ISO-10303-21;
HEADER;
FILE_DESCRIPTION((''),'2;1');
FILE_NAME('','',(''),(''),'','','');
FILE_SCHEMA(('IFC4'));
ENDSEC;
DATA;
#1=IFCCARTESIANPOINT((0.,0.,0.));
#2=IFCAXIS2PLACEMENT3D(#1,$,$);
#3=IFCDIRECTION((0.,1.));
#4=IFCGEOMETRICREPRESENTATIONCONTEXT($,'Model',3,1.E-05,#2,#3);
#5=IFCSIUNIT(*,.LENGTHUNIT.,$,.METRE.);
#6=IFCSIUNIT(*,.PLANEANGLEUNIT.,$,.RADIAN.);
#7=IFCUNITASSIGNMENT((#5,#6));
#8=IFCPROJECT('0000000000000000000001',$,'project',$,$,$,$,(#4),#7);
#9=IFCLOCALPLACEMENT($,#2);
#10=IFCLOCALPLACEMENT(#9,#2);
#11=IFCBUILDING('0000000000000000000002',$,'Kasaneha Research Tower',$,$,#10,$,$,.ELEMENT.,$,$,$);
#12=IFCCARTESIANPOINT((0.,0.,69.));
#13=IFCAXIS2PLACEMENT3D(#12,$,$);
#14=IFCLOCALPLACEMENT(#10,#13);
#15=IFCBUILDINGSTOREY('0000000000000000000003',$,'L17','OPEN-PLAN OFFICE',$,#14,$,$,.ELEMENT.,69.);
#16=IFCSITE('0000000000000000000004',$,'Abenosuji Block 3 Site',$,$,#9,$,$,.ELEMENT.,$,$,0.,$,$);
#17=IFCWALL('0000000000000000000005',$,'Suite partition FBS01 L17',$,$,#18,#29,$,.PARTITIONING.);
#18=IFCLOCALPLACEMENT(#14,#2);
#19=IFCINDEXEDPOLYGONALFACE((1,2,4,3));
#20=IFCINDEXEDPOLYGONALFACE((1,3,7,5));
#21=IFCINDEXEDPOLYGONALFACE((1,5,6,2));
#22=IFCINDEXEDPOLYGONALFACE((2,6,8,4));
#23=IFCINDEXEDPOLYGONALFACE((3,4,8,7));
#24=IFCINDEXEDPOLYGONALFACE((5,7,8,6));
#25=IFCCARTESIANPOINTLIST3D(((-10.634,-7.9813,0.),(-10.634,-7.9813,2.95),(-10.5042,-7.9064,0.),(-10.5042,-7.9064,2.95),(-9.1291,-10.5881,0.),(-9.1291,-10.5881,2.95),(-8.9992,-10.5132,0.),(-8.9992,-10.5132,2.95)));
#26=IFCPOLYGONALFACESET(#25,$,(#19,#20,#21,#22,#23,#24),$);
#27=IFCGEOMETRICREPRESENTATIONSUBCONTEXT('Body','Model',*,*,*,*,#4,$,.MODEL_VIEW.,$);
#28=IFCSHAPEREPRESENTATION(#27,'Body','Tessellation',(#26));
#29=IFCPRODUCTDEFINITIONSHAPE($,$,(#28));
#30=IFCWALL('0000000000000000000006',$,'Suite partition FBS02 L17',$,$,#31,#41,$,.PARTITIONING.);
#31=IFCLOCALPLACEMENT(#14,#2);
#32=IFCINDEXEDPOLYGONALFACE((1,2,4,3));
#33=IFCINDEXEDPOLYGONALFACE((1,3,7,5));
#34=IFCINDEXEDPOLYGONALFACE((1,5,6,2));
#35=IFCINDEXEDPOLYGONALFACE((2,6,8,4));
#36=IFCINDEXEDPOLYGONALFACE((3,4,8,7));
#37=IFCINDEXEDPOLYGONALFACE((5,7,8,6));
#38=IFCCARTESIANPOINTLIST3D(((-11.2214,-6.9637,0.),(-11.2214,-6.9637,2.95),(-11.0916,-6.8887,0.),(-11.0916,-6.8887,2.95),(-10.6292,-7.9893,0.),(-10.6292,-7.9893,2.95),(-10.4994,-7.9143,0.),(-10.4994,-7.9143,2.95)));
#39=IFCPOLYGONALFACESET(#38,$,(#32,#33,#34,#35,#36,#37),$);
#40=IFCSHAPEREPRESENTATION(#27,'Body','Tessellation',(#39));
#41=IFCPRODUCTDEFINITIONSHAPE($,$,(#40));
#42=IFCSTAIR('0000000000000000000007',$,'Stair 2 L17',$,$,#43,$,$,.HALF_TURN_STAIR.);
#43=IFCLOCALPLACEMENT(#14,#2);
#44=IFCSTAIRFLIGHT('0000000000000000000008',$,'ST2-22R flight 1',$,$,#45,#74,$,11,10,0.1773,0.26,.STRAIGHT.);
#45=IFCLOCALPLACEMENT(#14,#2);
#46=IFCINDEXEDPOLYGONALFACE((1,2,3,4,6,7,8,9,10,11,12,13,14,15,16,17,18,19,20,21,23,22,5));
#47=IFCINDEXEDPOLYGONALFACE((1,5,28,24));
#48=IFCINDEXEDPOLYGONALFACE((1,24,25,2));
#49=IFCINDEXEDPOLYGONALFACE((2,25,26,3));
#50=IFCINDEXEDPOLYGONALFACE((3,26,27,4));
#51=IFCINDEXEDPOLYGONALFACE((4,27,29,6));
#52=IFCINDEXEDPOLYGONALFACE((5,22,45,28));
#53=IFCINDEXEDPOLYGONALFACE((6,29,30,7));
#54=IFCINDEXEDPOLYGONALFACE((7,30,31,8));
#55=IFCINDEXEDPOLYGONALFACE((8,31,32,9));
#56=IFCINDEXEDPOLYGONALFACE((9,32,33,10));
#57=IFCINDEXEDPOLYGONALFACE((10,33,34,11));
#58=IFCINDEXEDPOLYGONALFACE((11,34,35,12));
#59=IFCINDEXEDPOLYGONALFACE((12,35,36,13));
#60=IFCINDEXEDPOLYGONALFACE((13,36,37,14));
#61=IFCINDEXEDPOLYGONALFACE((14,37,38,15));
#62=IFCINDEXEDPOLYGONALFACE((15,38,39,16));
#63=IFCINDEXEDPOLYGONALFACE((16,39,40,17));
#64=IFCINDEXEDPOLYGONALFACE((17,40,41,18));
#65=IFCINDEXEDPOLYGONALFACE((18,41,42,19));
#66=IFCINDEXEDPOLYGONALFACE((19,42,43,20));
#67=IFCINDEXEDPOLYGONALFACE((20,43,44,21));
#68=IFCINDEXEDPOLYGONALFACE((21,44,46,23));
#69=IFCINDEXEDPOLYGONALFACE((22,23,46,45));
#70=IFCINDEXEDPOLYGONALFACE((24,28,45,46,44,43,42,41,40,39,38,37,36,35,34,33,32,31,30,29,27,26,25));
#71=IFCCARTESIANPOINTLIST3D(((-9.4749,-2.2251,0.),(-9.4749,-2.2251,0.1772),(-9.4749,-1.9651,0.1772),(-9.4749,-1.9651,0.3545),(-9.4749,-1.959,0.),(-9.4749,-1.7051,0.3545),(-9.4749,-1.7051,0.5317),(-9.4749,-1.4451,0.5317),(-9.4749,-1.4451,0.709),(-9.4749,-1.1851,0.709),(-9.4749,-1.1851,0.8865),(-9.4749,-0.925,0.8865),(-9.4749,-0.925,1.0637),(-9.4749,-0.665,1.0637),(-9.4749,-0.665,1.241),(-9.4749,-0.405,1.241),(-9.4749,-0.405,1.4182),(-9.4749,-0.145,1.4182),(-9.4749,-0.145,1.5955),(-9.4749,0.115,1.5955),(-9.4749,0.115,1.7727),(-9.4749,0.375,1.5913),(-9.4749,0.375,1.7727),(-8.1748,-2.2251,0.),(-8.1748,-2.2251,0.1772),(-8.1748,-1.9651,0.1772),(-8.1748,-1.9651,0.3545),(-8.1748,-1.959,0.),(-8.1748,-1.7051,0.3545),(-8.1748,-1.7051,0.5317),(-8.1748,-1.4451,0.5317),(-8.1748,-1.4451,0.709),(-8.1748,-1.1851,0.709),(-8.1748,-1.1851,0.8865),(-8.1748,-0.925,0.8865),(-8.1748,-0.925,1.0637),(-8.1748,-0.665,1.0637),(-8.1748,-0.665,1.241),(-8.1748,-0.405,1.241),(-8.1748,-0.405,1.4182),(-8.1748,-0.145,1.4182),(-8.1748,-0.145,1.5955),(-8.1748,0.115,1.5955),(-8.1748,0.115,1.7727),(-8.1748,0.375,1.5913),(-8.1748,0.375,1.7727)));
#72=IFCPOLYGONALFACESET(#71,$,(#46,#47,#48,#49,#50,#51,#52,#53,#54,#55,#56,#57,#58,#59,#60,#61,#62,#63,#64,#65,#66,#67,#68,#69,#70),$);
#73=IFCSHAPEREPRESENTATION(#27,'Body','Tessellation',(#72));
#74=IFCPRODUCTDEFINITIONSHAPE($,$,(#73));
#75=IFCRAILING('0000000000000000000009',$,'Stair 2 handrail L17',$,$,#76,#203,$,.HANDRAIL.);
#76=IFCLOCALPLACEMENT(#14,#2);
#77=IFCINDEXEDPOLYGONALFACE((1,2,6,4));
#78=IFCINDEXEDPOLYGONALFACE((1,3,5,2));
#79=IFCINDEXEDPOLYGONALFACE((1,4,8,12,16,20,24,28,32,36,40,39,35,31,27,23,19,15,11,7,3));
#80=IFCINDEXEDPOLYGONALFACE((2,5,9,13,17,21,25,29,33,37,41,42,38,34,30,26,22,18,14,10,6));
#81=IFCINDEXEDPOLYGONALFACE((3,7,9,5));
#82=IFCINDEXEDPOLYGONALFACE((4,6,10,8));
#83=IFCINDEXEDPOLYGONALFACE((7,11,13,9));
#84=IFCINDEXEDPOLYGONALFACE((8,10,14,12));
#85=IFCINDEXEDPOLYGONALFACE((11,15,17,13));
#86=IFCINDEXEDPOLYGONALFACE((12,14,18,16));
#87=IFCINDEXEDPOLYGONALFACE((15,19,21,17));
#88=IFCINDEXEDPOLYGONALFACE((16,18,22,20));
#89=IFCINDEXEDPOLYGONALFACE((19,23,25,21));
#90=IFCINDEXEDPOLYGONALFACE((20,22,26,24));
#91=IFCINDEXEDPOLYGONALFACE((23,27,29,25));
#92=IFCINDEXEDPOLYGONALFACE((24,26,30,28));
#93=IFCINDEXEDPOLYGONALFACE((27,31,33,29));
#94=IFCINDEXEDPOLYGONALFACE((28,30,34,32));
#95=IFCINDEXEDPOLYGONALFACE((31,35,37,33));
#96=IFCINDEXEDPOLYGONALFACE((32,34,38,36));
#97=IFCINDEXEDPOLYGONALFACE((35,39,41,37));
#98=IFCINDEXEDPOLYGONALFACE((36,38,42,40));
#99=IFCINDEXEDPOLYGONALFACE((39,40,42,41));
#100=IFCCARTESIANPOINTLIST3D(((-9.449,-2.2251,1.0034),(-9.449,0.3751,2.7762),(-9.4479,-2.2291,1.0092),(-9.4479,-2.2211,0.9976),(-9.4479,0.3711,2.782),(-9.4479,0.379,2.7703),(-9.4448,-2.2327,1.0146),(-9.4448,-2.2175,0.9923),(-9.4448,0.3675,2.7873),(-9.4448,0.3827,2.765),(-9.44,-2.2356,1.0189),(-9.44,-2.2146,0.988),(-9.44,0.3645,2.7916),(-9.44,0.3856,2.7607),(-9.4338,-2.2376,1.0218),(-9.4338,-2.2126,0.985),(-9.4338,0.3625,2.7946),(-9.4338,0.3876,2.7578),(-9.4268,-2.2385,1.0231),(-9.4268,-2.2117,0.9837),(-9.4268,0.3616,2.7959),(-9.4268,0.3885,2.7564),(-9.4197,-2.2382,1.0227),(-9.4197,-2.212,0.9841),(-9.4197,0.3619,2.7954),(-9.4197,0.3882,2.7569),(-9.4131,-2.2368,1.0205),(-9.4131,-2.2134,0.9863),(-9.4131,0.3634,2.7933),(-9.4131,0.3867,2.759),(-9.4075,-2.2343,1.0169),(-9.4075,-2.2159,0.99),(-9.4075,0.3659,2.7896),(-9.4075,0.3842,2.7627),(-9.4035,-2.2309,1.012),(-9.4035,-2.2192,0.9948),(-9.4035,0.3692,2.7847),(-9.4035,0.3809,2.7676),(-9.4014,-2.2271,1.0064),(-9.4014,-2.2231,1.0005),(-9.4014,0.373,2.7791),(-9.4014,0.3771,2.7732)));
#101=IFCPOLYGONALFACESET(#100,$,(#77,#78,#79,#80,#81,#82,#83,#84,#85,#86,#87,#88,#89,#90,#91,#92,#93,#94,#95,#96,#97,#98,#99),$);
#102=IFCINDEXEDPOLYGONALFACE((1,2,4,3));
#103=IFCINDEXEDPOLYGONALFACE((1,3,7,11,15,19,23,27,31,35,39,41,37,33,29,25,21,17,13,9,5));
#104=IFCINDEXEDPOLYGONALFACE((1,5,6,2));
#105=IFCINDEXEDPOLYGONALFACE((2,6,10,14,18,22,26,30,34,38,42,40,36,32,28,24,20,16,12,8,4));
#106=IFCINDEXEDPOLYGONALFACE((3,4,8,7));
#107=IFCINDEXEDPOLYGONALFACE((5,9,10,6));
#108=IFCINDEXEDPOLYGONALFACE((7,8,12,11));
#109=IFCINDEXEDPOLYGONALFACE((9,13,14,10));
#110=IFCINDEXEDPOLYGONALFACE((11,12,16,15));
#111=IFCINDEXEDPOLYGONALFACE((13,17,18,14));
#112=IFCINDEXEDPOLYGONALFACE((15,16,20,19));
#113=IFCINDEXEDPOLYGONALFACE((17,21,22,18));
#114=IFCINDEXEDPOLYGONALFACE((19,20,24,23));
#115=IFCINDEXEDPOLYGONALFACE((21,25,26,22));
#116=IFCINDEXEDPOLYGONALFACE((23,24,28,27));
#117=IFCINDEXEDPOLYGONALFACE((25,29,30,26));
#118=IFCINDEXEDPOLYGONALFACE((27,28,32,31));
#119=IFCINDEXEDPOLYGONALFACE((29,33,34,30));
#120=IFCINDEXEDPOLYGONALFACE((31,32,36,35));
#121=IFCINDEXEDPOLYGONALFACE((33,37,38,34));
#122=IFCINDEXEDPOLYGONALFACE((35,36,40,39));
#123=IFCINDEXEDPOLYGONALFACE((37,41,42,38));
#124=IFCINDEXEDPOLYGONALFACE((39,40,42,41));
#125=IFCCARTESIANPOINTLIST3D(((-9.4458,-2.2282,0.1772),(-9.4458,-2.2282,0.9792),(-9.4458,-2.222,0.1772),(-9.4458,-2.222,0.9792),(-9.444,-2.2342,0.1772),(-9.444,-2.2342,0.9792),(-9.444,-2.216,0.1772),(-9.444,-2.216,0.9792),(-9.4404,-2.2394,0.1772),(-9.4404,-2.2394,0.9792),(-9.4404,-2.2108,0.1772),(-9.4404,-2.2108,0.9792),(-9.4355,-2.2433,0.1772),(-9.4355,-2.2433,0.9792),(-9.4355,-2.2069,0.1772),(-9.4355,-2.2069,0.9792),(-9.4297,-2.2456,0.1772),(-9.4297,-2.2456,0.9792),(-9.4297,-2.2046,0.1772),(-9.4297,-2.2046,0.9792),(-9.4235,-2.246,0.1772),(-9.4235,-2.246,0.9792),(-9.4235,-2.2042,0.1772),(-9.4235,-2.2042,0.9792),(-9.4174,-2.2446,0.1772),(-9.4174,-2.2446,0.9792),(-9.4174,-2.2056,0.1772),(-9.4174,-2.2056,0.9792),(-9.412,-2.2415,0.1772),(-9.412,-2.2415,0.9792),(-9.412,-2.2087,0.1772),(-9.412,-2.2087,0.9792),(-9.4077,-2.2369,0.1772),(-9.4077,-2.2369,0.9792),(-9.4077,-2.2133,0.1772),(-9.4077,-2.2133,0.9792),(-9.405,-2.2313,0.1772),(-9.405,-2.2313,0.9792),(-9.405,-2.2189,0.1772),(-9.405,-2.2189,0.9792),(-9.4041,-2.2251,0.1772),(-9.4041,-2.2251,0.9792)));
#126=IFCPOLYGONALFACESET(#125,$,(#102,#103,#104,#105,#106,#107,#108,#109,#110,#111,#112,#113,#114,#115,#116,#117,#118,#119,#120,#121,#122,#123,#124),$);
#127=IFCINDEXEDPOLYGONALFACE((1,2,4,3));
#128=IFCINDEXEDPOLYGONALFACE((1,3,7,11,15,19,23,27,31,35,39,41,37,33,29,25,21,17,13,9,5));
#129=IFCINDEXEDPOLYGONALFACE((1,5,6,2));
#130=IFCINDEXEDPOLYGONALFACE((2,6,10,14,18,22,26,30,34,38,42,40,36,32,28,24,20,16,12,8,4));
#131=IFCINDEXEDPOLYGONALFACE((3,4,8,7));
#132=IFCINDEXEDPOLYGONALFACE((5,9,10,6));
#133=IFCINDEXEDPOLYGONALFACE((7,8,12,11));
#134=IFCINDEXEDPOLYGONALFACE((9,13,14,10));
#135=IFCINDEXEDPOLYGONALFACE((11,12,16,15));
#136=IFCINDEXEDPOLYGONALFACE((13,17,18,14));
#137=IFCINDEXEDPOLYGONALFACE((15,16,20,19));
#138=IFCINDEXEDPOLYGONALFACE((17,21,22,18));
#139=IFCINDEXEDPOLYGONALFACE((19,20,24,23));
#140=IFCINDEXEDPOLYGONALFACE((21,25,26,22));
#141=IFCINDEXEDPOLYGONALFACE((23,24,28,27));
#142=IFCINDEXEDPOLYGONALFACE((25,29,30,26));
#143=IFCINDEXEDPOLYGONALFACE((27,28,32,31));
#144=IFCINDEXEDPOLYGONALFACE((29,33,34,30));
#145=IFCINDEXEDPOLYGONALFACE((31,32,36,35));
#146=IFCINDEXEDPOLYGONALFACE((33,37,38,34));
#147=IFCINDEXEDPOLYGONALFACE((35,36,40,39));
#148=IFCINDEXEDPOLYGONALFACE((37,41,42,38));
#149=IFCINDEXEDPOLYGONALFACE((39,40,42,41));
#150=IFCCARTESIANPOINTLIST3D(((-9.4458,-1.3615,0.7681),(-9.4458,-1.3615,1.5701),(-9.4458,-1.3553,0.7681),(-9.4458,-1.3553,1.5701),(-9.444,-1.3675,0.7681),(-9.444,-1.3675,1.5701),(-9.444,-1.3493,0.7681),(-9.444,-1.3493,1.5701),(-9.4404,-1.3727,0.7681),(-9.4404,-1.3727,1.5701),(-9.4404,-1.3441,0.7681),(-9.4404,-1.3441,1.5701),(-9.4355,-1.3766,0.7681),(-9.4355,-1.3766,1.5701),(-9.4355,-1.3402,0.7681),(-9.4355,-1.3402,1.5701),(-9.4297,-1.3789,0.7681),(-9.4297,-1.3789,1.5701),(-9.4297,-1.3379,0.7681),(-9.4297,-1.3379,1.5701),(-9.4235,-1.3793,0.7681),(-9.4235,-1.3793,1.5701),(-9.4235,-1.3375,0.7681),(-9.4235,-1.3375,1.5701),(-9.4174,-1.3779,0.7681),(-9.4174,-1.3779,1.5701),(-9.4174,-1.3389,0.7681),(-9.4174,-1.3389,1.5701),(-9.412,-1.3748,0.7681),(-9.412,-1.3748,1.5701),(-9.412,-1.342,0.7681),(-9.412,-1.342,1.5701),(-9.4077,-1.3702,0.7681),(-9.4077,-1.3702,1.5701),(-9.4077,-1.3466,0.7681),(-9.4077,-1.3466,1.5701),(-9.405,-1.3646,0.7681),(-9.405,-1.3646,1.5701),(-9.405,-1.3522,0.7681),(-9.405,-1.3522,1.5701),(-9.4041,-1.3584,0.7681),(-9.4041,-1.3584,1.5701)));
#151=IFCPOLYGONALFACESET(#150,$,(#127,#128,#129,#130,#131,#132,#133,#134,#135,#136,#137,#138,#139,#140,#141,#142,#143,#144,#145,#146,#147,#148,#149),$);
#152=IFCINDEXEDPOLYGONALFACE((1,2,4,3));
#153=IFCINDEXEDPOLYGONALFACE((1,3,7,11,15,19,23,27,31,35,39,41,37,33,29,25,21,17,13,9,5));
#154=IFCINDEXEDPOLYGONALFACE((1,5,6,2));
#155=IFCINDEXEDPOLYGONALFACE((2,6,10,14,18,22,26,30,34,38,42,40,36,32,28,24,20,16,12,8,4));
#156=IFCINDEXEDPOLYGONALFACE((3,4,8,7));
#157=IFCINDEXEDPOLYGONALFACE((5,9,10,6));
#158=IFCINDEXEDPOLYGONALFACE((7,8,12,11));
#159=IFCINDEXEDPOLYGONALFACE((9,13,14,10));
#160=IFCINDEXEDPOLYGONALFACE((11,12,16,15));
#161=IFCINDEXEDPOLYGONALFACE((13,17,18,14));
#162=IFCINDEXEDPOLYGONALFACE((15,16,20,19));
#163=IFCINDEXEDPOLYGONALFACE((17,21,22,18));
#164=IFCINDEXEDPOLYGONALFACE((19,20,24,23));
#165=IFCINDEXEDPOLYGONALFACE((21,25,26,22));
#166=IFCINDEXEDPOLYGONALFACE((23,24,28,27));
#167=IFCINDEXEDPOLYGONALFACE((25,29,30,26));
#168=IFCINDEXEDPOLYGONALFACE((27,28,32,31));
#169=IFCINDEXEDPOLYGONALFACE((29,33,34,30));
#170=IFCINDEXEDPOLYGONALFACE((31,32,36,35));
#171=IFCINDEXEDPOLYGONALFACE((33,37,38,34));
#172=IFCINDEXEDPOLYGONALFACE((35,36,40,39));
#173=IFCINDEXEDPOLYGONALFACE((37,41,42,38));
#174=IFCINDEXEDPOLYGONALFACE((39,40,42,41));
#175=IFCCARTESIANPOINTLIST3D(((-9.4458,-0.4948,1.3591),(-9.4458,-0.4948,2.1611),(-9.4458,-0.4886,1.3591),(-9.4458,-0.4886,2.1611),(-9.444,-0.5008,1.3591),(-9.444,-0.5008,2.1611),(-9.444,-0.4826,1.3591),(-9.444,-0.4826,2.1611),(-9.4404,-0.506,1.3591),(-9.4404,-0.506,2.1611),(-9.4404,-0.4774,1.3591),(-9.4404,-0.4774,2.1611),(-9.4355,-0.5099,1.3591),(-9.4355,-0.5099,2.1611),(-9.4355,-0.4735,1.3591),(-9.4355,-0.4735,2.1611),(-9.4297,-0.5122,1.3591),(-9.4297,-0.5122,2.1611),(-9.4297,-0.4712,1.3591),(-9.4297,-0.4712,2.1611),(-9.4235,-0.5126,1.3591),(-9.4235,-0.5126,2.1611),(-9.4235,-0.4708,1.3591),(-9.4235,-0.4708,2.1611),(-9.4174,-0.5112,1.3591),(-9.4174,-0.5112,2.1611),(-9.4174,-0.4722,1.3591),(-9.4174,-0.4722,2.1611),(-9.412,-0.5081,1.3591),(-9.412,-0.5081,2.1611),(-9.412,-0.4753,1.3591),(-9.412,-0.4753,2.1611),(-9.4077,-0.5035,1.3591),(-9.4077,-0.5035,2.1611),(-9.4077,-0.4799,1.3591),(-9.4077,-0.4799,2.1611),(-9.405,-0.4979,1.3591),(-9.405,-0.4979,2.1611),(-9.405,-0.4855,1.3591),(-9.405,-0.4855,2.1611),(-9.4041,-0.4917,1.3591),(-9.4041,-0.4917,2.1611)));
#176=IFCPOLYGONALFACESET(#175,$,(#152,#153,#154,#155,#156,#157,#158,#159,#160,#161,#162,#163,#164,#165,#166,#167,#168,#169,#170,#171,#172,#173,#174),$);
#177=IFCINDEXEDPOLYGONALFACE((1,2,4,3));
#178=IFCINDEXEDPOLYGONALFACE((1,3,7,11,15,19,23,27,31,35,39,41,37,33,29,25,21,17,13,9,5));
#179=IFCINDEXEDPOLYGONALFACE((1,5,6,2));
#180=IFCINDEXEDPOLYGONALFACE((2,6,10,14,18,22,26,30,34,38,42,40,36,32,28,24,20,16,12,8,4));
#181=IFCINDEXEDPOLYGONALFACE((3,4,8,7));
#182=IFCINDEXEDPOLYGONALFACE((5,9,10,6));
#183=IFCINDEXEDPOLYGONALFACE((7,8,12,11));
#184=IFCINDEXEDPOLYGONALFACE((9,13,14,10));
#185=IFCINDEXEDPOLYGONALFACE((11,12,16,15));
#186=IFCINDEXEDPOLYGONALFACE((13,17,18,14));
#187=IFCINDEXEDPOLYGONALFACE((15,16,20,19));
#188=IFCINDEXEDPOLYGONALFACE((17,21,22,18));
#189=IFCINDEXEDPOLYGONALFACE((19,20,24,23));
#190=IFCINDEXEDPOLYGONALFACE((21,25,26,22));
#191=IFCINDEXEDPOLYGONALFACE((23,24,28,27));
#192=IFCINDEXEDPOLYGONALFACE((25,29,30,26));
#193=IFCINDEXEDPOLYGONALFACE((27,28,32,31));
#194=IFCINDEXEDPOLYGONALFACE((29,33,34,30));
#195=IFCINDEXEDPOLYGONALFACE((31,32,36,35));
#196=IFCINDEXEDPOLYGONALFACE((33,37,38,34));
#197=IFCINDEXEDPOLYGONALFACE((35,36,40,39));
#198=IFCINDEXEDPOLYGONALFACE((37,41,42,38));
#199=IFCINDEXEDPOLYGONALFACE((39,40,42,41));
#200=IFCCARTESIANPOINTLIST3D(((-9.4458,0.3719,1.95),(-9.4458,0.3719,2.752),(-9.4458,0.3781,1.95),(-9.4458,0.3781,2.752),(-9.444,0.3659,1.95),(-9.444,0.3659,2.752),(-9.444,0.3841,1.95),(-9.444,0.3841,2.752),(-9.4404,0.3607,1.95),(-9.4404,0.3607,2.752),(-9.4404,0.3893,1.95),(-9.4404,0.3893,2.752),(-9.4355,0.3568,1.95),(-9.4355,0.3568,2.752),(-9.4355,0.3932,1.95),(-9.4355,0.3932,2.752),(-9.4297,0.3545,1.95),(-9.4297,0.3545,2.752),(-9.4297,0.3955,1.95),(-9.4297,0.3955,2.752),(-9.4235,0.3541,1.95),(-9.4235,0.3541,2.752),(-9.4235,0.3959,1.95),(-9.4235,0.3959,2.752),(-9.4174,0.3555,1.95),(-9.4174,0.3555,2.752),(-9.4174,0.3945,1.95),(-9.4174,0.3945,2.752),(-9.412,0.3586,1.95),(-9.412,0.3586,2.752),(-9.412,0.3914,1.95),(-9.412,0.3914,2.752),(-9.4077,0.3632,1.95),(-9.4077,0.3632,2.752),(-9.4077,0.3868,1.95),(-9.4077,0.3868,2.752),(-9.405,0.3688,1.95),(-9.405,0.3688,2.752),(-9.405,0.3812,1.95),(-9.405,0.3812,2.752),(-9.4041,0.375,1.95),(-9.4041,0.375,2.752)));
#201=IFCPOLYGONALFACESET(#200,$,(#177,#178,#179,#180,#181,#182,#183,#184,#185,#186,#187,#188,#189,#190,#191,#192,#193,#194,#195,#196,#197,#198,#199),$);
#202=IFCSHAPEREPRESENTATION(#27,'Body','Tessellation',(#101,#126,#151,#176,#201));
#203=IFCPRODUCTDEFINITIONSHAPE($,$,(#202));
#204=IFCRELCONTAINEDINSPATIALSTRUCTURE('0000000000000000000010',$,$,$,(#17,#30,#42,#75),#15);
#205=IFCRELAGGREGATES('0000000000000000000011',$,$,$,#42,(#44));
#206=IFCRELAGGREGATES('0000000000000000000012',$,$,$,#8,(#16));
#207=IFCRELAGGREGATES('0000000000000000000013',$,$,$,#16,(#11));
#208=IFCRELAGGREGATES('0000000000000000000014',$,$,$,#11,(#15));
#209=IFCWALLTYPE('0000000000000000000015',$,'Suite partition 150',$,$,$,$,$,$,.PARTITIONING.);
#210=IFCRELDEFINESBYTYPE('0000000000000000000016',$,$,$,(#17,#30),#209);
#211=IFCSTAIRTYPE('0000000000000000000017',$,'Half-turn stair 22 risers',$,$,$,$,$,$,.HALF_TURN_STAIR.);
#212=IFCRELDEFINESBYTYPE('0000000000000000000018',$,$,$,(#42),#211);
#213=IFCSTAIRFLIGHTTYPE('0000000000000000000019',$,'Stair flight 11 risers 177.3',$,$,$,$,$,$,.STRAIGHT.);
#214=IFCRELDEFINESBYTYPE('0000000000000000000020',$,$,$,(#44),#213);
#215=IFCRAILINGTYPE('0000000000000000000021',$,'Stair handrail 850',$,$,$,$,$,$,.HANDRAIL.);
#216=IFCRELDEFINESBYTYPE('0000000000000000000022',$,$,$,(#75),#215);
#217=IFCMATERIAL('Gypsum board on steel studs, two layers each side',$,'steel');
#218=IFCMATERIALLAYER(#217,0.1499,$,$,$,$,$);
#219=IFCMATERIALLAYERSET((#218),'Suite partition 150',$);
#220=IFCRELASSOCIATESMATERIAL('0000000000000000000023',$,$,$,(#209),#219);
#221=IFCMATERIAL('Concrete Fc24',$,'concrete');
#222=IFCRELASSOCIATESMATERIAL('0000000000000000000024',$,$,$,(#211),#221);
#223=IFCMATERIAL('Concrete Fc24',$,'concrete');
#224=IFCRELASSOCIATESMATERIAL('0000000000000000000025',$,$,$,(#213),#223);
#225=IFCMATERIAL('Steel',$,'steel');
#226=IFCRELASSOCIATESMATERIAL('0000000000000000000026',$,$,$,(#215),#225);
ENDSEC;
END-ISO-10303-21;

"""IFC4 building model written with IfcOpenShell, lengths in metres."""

from ifc_helpers import new_model, si_unit, direction, frame, frame_2d, origin, origin_2d, place, context, subcontext, project, spatial, polyline, rectangle, circle, outline, extrude, material, layer, layer_set, type_object, element, aggregate, save


model = new_model("IFC4")

# Units and contexts
model_context = context("Model", 3, precision=1e-05, world=origin(), true_north=direction((0.0, 1.0)))
body_context = subcontext(model_context, "Body", "Model", "MODEL_VIEW")
ifc_project = project(units=[si_unit("LENGTHUNIT", "METRE"), si_unit("PLANEANGLEUNIT", "RADIAN")], contexts=[model_context])

# Site, building, storey
site_placement = place(None, origin())
site = spatial("IfcSite", under=ifc_project, at=site_placement, Name="Abenosuji Block 3 Site", CompositionType="ELEMENT", RefElevation=0.0)
building_placement = place(site_placement, origin())
building = spatial("IfcBuilding", under=site, at=building_placement, Name="Kasaneha Research Tower", CompositionType="ELEMENT")
storey_placement = place(building_placement, frame((0.0, 0.0, 69.0)))
storey = spatial("IfcBuildingStorey", under=building, at=storey_placement, Name="L17", Description="OPEN-PLAN OFFICE", CompositionType="ELEMENT", Elevation=69.0)

# Shared definitions
ifc_material_1 = material(Name="Gypsum board on steel studs, two layers each side", Category="steel")
ifc_layer_1 = layer(ifc_material_1, 0.1499)
ifc_layer_set_1 = layer_set([ifc_layer_1], Name="Suite partition 150")
wall_type_1 = type_object("IfcWallType", Name="Suite partition 150", PredefinedType="PARTITIONING", material=ifc_layer_set_1)

# Walls
wall_1_placement = place(storey_placement, frame((-9.0642, -10.5505, 0.0), z_axis=(0.0, 0.0, 1.0), x_axis=(-0.499978, 0.866038, 0.0)))
element("IfcWall", 1, at=wall_1_placement, inside=storey, type_object=wall_type_1, Name="Suite partition FBS01 L17", PredefinedType="PARTITIONING", context=body_context, shape_type="SweptSolid", body=[
    extrude(rectangle(XDim=3.01, YDim=0.1499, at=frame_2d((1.5049, 0.0))), origin(), (0.0, 0.0, 1.0), 2.95),
])
wall_2_placement = place(storey_placement, frame((-10.5642, -7.9519, 0.0), z_axis=(0.0, 0.0, 1.0), x_axis=(-0.500085, 0.865976, 0.0)))
element("IfcWall", 2, at=wall_2_placement, inside=storey, type_object=wall_type_1, Name="Suite partition FBS02 L17", PredefinedType="PARTITIONING", context=body_context, shape_type="SweptSolid", body=[
    extrude(rectangle(XDim=1.1843, YDim=0.1499, at=frame_2d((0.5923, 0.0))), origin(), (0.0, 0.0, 1.0), 2.95),
])

# Stair, stair flight
ifc_material_2 = material(Name="Concrete Fc24", Category="concrete")
stair_type = type_object("IfcStairType", Name="Half-turn stair 22 risers", PredefinedType="HALF_TURN_STAIR", material=ifc_material_2)
stair_placement = place(storey_placement, origin())
stair = element("IfcStair", 3, at=stair_placement, inside=storey, type_object=stair_type, Name="Stair 2 L17", PredefinedType="HALF_TURN_STAIR")
ifc_material_3 = material(Name="Concrete Fc24", Category="concrete")
stair_flight_type = type_object("IfcStairFlightType", Name="Stair flight 11 risers 177.3", PredefinedType="STRAIGHT", material=ifc_material_3)
stair_flight_placement = place(storey_placement, frame((-8.825, -2.2251, 0.0), z_axis=(0.0, 0.0, 1.0), x_axis=(0.0, 1.0, 0.0)))
stair_flight = element("IfcStairFlight", 4, at=stair_flight_placement, type_object=stair_flight_type, Name="ST2-22R flight 1", NumberOfRisers=11, NumberOfTreads=10, PredefinedType="STRAIGHT", RiserHeight=0.1773, TreadLength=0.26, context=body_context, shape_type="SweptSolid", body=[
    extrude(outline(polyline([(0.0, 0.0), (0.0, 0.1772), (0.26, 0.1772), (0.26, 0.3545), (0.52, 0.3545), (0.52, 0.5317), (0.78, 0.5317), (0.78, 0.709), (1.04, 0.709), (1.04, 0.8865), (1.3, 0.8865), (1.3, 1.0637), (1.5601, 1.0637), (1.5601, 1.241), (1.8201, 1.241), (1.8201, 1.4182), (2.0801, 1.4182), (2.0801, 1.5955), (2.3401, 1.5955), (2.3401, 1.7727), (2.6001, 1.7727), (2.6001, 1.95), (2.6001, 1.5913), (0.2661, 0.0), (0.0, 0.0)])), frame((0.0, 0.6499, 0.0), z_axis=(0.0, -1.0, 0.0), x_axis=(1.0, 0.0, 0.0)), (0.0, 0.0, 1.0), 1.3),
])
aggregate(stair, [stair_flight])

# Railing
ifc_material_4 = material(Name="Steel", Category="steel")
railing_type = type_object("IfcRailingType", Name="Stair handrail 850", PredefinedType="HANDRAIL", material=ifc_material_4)
railing_placement = place(storey_placement, frame((-9.425, -2.2251, 0.1772)))
element("IfcRailing", 5, at=railing_placement, inside=storey, type_object=railing_type, Name="Stair 2 handrail L17", PredefinedType="HANDRAIL", context=body_context, shape_type="SweptSolid", body=[
    extrude(circle(Radius=0.0239, at=origin_2d()), frame((0.0, 0.0, 0.8262), z_axis=(0.0, 0.82624, 0.563318), x_axis=(-1.0, 0.0, 0.0)), (0.0, 0.0, 1.0), 3.147),
    extrude(circle(Radius=0.021, at=origin_2d()), origin(), (0.0, 0.0, 1.0), 0.802),
    extrude(circle(Radius=0.021, at=origin_2d()), frame((0.0, 0.8667, 0.5908)), (0.0, 0.0, 1.0), 0.802),
    extrude(circle(Radius=0.021, at=origin_2d()), frame((0.0, 1.7334, 1.1819)), (0.0, 0.0, 1.0), 0.802),
    extrude(circle(Radius=0.021, at=origin_2d()), frame((0.0, 2.6001, 1.7727)), (0.0, 0.0, 1.0), 0.802),
])

save(model, "model.ifc")
